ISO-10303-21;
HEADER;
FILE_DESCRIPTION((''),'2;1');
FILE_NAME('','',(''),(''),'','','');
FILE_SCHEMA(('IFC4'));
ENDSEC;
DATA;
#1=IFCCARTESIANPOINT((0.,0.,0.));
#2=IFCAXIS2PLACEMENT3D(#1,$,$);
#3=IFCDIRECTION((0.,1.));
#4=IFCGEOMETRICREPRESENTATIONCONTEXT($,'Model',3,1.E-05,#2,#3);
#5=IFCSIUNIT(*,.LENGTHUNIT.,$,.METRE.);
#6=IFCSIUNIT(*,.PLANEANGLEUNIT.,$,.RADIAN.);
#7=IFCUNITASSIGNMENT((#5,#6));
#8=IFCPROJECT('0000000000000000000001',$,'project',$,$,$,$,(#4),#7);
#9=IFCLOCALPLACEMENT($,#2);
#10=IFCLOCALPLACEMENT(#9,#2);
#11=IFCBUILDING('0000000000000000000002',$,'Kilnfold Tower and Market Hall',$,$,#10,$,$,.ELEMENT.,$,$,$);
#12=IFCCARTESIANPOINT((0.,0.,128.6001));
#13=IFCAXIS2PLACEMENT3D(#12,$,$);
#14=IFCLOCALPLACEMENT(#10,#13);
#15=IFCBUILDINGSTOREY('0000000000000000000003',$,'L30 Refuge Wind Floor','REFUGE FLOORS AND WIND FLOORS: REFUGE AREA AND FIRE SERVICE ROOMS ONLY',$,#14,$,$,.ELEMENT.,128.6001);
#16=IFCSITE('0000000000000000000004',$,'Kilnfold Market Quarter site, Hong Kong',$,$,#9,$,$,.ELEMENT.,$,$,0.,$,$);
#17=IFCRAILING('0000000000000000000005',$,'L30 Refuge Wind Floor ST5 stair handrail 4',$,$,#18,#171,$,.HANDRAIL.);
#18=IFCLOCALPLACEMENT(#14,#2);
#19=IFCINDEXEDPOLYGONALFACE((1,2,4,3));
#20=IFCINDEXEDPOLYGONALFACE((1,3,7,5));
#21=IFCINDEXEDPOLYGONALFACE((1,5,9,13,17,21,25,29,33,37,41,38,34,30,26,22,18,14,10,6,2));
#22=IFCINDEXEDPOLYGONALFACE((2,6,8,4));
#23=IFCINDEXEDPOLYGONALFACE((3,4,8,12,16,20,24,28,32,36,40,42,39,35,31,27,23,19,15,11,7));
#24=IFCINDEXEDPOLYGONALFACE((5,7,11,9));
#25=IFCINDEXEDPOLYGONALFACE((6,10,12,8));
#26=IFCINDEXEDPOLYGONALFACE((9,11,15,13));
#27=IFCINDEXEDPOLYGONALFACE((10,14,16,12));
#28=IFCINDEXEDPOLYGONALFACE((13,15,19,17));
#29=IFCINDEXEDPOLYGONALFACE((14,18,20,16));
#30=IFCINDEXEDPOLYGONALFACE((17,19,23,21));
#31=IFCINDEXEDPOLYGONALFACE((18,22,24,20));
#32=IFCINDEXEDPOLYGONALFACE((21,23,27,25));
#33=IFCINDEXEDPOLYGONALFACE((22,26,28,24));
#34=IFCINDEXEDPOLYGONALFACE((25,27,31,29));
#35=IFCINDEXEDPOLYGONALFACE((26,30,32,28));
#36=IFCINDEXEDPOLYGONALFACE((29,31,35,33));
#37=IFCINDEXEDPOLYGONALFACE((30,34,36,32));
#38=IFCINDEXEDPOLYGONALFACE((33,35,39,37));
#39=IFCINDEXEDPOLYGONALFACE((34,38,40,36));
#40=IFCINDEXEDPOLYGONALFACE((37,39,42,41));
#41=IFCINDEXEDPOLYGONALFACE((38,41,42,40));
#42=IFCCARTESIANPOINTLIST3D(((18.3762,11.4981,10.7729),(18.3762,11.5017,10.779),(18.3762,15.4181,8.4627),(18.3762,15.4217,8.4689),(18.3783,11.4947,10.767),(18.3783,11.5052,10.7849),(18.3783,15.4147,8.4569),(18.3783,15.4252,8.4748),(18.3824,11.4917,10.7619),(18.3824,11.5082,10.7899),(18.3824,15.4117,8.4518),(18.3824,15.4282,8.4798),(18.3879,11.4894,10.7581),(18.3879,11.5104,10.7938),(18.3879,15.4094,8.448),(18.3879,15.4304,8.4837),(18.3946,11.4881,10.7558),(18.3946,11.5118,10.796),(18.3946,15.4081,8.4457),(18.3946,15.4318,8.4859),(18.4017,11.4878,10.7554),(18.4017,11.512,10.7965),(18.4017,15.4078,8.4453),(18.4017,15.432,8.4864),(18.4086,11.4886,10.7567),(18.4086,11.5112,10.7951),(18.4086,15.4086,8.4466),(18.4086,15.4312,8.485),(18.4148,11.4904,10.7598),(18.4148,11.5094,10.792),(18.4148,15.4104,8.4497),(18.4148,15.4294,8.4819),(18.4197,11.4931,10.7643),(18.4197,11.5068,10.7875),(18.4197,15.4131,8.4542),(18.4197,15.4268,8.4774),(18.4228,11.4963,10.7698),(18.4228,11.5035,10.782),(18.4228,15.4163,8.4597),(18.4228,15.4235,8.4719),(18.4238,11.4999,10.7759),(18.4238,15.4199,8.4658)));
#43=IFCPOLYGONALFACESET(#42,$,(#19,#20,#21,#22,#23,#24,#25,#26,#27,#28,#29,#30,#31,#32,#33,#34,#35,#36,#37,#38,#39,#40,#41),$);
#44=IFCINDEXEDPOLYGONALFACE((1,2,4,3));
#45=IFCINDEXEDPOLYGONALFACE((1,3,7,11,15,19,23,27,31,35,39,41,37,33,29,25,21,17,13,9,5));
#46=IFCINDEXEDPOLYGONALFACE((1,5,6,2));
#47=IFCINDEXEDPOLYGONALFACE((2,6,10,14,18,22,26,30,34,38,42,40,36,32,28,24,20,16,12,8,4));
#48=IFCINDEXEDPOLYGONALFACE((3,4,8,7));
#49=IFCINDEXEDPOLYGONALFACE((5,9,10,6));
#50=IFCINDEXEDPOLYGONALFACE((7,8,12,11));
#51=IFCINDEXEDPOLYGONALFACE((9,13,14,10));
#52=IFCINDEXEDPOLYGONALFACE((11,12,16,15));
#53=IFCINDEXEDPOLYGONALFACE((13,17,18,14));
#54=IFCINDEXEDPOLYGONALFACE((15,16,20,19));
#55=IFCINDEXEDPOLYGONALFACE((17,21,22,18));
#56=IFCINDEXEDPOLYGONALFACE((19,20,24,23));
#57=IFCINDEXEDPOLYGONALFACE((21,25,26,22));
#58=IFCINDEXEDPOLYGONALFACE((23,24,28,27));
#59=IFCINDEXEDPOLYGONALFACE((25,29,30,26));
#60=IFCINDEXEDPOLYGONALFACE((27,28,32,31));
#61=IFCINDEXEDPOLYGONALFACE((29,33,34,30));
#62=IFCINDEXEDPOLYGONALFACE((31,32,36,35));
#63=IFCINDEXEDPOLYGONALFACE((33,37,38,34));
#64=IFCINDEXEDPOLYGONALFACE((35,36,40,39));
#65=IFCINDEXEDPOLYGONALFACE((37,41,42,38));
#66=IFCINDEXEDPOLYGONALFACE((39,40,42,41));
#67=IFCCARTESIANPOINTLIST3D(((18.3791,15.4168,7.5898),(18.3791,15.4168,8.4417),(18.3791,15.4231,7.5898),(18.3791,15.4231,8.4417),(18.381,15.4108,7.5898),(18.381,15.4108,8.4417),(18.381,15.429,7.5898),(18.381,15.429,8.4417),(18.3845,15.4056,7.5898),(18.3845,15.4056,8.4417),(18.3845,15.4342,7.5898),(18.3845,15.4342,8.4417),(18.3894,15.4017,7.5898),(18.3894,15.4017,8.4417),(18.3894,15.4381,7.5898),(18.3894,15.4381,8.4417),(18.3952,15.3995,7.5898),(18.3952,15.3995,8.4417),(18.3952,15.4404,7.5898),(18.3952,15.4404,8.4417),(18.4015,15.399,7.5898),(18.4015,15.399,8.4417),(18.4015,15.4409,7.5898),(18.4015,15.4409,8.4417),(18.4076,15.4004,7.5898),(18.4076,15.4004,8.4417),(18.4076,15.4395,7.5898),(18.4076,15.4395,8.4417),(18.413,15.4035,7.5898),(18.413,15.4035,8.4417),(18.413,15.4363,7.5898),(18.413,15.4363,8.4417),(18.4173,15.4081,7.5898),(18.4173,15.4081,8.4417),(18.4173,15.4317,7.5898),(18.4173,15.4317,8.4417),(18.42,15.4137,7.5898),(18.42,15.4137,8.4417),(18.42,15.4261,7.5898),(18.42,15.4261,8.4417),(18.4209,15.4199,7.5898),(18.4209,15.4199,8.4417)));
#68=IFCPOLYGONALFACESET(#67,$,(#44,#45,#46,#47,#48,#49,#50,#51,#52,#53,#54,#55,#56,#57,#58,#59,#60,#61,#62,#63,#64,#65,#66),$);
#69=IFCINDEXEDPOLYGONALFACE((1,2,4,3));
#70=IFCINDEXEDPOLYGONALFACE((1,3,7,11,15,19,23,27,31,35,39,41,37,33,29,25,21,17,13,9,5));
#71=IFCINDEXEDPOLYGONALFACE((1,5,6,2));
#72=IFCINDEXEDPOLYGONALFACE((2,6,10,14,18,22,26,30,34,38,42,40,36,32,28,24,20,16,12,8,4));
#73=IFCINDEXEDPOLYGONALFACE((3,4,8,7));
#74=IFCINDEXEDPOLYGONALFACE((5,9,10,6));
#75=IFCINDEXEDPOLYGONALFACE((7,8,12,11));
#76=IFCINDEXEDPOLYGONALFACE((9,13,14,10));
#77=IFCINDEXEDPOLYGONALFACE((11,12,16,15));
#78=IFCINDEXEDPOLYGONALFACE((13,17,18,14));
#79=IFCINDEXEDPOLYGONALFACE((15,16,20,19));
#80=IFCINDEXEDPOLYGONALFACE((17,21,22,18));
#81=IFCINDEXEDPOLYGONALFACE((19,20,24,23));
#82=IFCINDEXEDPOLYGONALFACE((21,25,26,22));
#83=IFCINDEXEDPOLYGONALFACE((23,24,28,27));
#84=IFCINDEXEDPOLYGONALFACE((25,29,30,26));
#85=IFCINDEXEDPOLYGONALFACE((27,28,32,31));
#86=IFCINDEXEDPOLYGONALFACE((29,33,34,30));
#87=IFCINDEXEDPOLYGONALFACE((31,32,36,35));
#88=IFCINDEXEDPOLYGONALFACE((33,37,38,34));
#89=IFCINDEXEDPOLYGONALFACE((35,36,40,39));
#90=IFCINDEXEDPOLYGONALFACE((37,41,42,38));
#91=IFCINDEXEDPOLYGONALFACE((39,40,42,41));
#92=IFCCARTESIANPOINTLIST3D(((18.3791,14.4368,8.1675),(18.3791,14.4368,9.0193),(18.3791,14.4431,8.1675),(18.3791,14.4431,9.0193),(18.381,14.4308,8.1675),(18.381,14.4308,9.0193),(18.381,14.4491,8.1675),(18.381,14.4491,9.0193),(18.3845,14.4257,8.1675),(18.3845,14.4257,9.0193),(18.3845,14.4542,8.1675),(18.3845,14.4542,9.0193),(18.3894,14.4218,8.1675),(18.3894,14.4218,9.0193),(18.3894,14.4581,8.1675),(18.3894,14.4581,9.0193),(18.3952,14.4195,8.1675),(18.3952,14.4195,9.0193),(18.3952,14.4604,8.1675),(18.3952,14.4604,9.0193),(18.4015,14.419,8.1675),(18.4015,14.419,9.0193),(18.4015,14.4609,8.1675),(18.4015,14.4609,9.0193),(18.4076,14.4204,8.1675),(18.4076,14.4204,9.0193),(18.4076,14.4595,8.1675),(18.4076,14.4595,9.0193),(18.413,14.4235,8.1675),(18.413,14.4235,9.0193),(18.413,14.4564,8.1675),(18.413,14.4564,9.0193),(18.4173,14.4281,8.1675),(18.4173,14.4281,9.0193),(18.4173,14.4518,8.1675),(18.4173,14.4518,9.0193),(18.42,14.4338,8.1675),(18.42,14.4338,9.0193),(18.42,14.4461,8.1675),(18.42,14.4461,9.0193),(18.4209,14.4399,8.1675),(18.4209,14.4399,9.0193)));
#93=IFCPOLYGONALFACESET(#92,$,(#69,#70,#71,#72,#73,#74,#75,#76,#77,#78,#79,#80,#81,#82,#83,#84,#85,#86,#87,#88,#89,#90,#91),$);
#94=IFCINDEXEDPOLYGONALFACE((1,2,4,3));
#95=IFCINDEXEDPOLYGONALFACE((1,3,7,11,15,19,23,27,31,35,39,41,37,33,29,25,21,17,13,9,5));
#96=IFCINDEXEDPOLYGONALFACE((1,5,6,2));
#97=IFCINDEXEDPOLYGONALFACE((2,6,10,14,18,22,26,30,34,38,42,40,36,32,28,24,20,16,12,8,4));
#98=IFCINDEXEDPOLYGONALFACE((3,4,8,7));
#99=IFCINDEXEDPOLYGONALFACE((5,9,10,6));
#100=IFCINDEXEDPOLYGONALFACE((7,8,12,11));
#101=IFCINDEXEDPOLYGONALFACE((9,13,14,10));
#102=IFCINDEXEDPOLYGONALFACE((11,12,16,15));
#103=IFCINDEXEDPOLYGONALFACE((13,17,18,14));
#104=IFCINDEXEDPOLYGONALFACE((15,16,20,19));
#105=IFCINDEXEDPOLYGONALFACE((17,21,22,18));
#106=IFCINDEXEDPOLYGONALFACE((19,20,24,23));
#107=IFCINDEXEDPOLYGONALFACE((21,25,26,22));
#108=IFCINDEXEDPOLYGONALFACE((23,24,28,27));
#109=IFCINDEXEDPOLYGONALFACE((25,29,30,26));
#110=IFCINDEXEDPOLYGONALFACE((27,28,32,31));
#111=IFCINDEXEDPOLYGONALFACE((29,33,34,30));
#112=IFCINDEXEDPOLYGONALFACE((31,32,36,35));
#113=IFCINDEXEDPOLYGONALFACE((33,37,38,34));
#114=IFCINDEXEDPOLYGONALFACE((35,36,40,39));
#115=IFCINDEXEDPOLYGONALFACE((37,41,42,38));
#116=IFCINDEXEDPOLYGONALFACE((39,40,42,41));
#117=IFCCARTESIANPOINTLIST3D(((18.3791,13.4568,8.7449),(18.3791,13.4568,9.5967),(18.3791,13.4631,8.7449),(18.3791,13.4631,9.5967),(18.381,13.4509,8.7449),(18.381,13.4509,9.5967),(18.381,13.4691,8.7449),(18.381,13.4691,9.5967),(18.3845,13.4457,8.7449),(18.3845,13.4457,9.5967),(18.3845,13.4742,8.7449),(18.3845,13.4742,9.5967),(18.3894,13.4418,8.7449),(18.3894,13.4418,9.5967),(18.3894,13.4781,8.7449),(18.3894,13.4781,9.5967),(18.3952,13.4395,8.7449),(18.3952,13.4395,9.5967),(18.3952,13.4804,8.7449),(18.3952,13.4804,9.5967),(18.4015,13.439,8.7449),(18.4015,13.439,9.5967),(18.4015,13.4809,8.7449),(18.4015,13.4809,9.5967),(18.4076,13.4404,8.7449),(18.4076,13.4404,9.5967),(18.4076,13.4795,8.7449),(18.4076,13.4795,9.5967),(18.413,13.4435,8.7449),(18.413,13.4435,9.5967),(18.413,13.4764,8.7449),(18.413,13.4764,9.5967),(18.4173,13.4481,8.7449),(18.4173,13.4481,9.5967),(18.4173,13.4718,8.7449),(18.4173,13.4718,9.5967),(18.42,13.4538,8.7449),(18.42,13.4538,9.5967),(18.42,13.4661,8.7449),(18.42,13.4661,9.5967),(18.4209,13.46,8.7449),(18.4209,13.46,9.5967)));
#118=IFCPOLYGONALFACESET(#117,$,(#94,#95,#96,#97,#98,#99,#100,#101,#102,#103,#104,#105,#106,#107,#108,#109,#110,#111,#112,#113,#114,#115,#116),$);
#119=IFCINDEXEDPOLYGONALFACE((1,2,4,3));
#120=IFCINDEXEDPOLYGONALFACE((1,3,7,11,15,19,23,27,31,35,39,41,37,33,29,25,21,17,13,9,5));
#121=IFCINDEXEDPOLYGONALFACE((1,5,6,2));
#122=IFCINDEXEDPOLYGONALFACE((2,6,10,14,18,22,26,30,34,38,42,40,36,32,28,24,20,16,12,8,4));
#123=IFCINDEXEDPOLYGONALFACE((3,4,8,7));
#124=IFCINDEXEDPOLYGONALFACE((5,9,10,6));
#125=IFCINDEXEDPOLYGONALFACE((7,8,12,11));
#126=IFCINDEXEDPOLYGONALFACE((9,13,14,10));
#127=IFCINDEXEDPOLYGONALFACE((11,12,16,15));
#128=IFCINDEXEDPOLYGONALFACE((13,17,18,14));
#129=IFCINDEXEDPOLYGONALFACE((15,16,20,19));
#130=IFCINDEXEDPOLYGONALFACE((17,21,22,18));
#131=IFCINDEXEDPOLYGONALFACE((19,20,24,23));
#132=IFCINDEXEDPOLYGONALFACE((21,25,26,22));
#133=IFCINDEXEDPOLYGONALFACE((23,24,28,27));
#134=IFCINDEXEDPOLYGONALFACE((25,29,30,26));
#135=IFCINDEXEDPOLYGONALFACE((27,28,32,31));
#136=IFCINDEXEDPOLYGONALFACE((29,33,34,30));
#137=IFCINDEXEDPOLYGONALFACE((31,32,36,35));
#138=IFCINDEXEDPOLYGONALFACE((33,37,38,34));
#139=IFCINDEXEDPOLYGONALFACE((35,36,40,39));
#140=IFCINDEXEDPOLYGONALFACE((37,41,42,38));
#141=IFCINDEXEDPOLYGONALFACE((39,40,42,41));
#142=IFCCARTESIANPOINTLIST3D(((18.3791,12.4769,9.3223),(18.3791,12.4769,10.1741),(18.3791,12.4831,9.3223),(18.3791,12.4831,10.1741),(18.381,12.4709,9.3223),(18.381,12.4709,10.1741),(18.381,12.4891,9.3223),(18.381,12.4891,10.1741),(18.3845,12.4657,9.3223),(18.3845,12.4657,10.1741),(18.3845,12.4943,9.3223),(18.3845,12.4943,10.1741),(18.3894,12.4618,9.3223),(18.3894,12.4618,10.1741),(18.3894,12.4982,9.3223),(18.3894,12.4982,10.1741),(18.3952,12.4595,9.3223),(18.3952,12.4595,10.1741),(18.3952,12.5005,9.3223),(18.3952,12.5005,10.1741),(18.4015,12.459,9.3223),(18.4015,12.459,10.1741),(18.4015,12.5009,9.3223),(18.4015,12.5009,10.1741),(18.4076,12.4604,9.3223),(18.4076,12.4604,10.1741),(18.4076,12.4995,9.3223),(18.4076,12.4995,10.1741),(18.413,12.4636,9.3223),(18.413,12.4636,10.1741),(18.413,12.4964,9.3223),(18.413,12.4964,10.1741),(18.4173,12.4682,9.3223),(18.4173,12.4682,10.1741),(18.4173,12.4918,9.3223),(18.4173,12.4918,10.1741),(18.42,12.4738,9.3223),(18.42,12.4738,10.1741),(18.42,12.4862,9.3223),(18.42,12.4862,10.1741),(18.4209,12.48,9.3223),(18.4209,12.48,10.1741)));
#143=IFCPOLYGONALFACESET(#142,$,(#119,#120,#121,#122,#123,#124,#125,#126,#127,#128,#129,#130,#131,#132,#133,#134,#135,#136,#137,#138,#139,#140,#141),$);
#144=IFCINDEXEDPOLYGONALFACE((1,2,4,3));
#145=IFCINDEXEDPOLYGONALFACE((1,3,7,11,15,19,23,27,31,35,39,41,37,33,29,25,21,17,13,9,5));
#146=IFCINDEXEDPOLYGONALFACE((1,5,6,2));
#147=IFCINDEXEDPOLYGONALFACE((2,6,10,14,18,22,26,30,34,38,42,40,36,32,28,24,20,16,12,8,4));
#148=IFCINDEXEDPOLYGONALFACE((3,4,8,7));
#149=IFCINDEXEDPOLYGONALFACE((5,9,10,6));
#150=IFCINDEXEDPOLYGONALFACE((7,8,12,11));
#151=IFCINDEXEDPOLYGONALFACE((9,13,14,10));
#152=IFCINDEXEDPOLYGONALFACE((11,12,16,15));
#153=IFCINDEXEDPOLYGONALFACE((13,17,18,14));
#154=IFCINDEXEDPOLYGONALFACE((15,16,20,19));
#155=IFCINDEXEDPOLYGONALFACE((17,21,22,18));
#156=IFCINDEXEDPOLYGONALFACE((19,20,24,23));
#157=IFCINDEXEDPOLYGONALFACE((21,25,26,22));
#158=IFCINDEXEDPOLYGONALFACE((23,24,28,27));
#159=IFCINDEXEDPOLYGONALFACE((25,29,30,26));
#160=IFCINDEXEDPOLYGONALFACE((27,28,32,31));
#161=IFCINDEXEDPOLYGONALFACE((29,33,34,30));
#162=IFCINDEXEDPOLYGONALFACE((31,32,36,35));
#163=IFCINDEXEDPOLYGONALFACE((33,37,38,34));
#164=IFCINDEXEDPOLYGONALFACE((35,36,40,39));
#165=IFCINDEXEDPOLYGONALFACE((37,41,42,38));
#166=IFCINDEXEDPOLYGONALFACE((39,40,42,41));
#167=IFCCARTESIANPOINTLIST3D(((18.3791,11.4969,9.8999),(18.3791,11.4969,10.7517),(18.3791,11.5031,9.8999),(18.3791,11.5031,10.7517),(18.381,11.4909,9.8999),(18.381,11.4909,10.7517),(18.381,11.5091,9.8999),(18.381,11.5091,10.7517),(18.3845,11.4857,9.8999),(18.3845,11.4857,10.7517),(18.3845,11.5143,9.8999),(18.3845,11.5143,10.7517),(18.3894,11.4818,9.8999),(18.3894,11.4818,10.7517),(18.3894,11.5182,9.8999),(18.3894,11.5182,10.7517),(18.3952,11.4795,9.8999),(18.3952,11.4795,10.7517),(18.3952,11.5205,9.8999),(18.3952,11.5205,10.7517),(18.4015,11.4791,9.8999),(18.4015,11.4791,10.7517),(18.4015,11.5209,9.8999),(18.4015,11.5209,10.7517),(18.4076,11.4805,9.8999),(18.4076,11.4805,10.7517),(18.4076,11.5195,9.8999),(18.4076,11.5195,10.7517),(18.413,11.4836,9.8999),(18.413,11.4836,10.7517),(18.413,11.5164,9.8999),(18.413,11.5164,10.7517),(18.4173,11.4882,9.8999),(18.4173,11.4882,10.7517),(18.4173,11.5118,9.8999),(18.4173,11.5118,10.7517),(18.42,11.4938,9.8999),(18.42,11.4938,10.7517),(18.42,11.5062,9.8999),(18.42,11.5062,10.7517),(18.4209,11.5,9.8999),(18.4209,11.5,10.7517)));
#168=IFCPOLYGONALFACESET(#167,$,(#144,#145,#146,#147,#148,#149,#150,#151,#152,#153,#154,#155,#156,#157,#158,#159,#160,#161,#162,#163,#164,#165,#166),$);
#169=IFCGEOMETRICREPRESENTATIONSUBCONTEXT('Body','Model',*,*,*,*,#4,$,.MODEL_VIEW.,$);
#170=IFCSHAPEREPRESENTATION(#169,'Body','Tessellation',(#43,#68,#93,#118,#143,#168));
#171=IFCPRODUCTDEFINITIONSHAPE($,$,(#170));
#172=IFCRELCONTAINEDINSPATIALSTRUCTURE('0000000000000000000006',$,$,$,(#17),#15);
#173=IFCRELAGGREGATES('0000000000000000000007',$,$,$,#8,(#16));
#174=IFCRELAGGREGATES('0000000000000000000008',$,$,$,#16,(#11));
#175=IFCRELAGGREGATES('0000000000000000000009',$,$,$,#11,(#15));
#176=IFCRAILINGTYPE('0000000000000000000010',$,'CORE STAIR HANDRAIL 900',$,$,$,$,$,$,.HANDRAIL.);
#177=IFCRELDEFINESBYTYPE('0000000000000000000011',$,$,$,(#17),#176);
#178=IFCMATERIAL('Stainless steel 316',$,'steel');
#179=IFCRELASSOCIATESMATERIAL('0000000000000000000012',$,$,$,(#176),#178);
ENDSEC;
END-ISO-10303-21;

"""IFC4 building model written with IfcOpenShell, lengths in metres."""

from ifc_helpers import new_model, si_unit, direction, frame, origin, origin_2d, place, context, subcontext, project, spatial, circle, extrude, material, type_object, element, save


model = new_model("IFC4")

# Units and contexts
model_context = context("Model", 3, precision=1e-05, world=origin(), true_north=direction((0.0, 1.0)))
body_context = subcontext(model_context, "Body", "Model", "MODEL_VIEW")
ifc_project = project(units=[si_unit("LENGTHUNIT", "METRE"), si_unit("PLANEANGLEUNIT", "RADIAN")], contexts=[model_context])

# Site, building, storey
site_placement = place(None, origin())
site = spatial("IfcSite", under=ifc_project, at=site_placement, Name="Kilnfold Market Quarter site, Hong Kong", CompositionType="ELEMENT", RefElevation=0.0)
building_placement = place(site_placement, origin())
building = spatial("IfcBuilding", under=site, at=building_placement, Name="Kilnfold Tower and Market Hall", CompositionType="ELEMENT")
storey_placement = place(building_placement, frame((0.0, 0.0, 128.6001)))
storey = spatial("IfcBuildingStorey", under=building, at=storey_placement, Name="L30 Refuge Wind Floor", Description="REFUGE FLOORS AND WIND FLOORS: REFUGE AREA AND FIRE SERVICE ROOMS ONLY", CompositionType="ELEMENT", Elevation=128.6001)

# Railing
ifc_material_1 = material(Name="Stainless steel 316", Category="steel")
railing_type_1 = type_object("IfcRailingType", Name="CORE STAIR HANDRAIL 900", PredefinedType="HANDRAIL", material=ifc_material_1)
railing_1_placement = place(storey_placement, frame((18.3999, 15.4199, 7.5898)))
element("IfcRailing", 1, at=railing_1_placement, inside=storey, type_object=railing_type_1, Name="L30 Refuge Wind Floor ST5 stair handrail 4", PredefinedType="HANDRAIL", context=body_context, shape_type="SweptSolid", body=[
    extrude(circle(Radius=0.0239, at=origin_2d()), frame((0.0, 0.0, 0.876), z_axis=(0.0, -0.861528, 0.507709), x_axis=(1.0, 0.0, 0.0)), (0.0, 0.0, 1.0), 4.55),
    extrude(circle(Radius=0.021, at=origin_2d()), origin(), (0.0, 0.0, 1.0), 0.8518),
    extrude(circle(Radius=0.021, at=origin_2d()), frame((0.0, -0.98, 0.5776)), (0.0, 0.0, 1.0), 0.8518),
    extrude(circle(Radius=0.021, at=origin_2d()), frame((0.0, -1.96, 1.155)), (0.0, 0.0, 1.0), 0.8518),
    extrude(circle(Radius=0.021, at=origin_2d()), frame((0.0, -2.9399, 1.7324)), (0.0, 0.0, 1.0), 0.8518),
    extrude(circle(Radius=0.021, at=origin_2d()), frame((0.0, -3.9199, 2.3101)), (0.0, 0.0, 1.0), 0.8518),
])

save(model, "model.ifc")
